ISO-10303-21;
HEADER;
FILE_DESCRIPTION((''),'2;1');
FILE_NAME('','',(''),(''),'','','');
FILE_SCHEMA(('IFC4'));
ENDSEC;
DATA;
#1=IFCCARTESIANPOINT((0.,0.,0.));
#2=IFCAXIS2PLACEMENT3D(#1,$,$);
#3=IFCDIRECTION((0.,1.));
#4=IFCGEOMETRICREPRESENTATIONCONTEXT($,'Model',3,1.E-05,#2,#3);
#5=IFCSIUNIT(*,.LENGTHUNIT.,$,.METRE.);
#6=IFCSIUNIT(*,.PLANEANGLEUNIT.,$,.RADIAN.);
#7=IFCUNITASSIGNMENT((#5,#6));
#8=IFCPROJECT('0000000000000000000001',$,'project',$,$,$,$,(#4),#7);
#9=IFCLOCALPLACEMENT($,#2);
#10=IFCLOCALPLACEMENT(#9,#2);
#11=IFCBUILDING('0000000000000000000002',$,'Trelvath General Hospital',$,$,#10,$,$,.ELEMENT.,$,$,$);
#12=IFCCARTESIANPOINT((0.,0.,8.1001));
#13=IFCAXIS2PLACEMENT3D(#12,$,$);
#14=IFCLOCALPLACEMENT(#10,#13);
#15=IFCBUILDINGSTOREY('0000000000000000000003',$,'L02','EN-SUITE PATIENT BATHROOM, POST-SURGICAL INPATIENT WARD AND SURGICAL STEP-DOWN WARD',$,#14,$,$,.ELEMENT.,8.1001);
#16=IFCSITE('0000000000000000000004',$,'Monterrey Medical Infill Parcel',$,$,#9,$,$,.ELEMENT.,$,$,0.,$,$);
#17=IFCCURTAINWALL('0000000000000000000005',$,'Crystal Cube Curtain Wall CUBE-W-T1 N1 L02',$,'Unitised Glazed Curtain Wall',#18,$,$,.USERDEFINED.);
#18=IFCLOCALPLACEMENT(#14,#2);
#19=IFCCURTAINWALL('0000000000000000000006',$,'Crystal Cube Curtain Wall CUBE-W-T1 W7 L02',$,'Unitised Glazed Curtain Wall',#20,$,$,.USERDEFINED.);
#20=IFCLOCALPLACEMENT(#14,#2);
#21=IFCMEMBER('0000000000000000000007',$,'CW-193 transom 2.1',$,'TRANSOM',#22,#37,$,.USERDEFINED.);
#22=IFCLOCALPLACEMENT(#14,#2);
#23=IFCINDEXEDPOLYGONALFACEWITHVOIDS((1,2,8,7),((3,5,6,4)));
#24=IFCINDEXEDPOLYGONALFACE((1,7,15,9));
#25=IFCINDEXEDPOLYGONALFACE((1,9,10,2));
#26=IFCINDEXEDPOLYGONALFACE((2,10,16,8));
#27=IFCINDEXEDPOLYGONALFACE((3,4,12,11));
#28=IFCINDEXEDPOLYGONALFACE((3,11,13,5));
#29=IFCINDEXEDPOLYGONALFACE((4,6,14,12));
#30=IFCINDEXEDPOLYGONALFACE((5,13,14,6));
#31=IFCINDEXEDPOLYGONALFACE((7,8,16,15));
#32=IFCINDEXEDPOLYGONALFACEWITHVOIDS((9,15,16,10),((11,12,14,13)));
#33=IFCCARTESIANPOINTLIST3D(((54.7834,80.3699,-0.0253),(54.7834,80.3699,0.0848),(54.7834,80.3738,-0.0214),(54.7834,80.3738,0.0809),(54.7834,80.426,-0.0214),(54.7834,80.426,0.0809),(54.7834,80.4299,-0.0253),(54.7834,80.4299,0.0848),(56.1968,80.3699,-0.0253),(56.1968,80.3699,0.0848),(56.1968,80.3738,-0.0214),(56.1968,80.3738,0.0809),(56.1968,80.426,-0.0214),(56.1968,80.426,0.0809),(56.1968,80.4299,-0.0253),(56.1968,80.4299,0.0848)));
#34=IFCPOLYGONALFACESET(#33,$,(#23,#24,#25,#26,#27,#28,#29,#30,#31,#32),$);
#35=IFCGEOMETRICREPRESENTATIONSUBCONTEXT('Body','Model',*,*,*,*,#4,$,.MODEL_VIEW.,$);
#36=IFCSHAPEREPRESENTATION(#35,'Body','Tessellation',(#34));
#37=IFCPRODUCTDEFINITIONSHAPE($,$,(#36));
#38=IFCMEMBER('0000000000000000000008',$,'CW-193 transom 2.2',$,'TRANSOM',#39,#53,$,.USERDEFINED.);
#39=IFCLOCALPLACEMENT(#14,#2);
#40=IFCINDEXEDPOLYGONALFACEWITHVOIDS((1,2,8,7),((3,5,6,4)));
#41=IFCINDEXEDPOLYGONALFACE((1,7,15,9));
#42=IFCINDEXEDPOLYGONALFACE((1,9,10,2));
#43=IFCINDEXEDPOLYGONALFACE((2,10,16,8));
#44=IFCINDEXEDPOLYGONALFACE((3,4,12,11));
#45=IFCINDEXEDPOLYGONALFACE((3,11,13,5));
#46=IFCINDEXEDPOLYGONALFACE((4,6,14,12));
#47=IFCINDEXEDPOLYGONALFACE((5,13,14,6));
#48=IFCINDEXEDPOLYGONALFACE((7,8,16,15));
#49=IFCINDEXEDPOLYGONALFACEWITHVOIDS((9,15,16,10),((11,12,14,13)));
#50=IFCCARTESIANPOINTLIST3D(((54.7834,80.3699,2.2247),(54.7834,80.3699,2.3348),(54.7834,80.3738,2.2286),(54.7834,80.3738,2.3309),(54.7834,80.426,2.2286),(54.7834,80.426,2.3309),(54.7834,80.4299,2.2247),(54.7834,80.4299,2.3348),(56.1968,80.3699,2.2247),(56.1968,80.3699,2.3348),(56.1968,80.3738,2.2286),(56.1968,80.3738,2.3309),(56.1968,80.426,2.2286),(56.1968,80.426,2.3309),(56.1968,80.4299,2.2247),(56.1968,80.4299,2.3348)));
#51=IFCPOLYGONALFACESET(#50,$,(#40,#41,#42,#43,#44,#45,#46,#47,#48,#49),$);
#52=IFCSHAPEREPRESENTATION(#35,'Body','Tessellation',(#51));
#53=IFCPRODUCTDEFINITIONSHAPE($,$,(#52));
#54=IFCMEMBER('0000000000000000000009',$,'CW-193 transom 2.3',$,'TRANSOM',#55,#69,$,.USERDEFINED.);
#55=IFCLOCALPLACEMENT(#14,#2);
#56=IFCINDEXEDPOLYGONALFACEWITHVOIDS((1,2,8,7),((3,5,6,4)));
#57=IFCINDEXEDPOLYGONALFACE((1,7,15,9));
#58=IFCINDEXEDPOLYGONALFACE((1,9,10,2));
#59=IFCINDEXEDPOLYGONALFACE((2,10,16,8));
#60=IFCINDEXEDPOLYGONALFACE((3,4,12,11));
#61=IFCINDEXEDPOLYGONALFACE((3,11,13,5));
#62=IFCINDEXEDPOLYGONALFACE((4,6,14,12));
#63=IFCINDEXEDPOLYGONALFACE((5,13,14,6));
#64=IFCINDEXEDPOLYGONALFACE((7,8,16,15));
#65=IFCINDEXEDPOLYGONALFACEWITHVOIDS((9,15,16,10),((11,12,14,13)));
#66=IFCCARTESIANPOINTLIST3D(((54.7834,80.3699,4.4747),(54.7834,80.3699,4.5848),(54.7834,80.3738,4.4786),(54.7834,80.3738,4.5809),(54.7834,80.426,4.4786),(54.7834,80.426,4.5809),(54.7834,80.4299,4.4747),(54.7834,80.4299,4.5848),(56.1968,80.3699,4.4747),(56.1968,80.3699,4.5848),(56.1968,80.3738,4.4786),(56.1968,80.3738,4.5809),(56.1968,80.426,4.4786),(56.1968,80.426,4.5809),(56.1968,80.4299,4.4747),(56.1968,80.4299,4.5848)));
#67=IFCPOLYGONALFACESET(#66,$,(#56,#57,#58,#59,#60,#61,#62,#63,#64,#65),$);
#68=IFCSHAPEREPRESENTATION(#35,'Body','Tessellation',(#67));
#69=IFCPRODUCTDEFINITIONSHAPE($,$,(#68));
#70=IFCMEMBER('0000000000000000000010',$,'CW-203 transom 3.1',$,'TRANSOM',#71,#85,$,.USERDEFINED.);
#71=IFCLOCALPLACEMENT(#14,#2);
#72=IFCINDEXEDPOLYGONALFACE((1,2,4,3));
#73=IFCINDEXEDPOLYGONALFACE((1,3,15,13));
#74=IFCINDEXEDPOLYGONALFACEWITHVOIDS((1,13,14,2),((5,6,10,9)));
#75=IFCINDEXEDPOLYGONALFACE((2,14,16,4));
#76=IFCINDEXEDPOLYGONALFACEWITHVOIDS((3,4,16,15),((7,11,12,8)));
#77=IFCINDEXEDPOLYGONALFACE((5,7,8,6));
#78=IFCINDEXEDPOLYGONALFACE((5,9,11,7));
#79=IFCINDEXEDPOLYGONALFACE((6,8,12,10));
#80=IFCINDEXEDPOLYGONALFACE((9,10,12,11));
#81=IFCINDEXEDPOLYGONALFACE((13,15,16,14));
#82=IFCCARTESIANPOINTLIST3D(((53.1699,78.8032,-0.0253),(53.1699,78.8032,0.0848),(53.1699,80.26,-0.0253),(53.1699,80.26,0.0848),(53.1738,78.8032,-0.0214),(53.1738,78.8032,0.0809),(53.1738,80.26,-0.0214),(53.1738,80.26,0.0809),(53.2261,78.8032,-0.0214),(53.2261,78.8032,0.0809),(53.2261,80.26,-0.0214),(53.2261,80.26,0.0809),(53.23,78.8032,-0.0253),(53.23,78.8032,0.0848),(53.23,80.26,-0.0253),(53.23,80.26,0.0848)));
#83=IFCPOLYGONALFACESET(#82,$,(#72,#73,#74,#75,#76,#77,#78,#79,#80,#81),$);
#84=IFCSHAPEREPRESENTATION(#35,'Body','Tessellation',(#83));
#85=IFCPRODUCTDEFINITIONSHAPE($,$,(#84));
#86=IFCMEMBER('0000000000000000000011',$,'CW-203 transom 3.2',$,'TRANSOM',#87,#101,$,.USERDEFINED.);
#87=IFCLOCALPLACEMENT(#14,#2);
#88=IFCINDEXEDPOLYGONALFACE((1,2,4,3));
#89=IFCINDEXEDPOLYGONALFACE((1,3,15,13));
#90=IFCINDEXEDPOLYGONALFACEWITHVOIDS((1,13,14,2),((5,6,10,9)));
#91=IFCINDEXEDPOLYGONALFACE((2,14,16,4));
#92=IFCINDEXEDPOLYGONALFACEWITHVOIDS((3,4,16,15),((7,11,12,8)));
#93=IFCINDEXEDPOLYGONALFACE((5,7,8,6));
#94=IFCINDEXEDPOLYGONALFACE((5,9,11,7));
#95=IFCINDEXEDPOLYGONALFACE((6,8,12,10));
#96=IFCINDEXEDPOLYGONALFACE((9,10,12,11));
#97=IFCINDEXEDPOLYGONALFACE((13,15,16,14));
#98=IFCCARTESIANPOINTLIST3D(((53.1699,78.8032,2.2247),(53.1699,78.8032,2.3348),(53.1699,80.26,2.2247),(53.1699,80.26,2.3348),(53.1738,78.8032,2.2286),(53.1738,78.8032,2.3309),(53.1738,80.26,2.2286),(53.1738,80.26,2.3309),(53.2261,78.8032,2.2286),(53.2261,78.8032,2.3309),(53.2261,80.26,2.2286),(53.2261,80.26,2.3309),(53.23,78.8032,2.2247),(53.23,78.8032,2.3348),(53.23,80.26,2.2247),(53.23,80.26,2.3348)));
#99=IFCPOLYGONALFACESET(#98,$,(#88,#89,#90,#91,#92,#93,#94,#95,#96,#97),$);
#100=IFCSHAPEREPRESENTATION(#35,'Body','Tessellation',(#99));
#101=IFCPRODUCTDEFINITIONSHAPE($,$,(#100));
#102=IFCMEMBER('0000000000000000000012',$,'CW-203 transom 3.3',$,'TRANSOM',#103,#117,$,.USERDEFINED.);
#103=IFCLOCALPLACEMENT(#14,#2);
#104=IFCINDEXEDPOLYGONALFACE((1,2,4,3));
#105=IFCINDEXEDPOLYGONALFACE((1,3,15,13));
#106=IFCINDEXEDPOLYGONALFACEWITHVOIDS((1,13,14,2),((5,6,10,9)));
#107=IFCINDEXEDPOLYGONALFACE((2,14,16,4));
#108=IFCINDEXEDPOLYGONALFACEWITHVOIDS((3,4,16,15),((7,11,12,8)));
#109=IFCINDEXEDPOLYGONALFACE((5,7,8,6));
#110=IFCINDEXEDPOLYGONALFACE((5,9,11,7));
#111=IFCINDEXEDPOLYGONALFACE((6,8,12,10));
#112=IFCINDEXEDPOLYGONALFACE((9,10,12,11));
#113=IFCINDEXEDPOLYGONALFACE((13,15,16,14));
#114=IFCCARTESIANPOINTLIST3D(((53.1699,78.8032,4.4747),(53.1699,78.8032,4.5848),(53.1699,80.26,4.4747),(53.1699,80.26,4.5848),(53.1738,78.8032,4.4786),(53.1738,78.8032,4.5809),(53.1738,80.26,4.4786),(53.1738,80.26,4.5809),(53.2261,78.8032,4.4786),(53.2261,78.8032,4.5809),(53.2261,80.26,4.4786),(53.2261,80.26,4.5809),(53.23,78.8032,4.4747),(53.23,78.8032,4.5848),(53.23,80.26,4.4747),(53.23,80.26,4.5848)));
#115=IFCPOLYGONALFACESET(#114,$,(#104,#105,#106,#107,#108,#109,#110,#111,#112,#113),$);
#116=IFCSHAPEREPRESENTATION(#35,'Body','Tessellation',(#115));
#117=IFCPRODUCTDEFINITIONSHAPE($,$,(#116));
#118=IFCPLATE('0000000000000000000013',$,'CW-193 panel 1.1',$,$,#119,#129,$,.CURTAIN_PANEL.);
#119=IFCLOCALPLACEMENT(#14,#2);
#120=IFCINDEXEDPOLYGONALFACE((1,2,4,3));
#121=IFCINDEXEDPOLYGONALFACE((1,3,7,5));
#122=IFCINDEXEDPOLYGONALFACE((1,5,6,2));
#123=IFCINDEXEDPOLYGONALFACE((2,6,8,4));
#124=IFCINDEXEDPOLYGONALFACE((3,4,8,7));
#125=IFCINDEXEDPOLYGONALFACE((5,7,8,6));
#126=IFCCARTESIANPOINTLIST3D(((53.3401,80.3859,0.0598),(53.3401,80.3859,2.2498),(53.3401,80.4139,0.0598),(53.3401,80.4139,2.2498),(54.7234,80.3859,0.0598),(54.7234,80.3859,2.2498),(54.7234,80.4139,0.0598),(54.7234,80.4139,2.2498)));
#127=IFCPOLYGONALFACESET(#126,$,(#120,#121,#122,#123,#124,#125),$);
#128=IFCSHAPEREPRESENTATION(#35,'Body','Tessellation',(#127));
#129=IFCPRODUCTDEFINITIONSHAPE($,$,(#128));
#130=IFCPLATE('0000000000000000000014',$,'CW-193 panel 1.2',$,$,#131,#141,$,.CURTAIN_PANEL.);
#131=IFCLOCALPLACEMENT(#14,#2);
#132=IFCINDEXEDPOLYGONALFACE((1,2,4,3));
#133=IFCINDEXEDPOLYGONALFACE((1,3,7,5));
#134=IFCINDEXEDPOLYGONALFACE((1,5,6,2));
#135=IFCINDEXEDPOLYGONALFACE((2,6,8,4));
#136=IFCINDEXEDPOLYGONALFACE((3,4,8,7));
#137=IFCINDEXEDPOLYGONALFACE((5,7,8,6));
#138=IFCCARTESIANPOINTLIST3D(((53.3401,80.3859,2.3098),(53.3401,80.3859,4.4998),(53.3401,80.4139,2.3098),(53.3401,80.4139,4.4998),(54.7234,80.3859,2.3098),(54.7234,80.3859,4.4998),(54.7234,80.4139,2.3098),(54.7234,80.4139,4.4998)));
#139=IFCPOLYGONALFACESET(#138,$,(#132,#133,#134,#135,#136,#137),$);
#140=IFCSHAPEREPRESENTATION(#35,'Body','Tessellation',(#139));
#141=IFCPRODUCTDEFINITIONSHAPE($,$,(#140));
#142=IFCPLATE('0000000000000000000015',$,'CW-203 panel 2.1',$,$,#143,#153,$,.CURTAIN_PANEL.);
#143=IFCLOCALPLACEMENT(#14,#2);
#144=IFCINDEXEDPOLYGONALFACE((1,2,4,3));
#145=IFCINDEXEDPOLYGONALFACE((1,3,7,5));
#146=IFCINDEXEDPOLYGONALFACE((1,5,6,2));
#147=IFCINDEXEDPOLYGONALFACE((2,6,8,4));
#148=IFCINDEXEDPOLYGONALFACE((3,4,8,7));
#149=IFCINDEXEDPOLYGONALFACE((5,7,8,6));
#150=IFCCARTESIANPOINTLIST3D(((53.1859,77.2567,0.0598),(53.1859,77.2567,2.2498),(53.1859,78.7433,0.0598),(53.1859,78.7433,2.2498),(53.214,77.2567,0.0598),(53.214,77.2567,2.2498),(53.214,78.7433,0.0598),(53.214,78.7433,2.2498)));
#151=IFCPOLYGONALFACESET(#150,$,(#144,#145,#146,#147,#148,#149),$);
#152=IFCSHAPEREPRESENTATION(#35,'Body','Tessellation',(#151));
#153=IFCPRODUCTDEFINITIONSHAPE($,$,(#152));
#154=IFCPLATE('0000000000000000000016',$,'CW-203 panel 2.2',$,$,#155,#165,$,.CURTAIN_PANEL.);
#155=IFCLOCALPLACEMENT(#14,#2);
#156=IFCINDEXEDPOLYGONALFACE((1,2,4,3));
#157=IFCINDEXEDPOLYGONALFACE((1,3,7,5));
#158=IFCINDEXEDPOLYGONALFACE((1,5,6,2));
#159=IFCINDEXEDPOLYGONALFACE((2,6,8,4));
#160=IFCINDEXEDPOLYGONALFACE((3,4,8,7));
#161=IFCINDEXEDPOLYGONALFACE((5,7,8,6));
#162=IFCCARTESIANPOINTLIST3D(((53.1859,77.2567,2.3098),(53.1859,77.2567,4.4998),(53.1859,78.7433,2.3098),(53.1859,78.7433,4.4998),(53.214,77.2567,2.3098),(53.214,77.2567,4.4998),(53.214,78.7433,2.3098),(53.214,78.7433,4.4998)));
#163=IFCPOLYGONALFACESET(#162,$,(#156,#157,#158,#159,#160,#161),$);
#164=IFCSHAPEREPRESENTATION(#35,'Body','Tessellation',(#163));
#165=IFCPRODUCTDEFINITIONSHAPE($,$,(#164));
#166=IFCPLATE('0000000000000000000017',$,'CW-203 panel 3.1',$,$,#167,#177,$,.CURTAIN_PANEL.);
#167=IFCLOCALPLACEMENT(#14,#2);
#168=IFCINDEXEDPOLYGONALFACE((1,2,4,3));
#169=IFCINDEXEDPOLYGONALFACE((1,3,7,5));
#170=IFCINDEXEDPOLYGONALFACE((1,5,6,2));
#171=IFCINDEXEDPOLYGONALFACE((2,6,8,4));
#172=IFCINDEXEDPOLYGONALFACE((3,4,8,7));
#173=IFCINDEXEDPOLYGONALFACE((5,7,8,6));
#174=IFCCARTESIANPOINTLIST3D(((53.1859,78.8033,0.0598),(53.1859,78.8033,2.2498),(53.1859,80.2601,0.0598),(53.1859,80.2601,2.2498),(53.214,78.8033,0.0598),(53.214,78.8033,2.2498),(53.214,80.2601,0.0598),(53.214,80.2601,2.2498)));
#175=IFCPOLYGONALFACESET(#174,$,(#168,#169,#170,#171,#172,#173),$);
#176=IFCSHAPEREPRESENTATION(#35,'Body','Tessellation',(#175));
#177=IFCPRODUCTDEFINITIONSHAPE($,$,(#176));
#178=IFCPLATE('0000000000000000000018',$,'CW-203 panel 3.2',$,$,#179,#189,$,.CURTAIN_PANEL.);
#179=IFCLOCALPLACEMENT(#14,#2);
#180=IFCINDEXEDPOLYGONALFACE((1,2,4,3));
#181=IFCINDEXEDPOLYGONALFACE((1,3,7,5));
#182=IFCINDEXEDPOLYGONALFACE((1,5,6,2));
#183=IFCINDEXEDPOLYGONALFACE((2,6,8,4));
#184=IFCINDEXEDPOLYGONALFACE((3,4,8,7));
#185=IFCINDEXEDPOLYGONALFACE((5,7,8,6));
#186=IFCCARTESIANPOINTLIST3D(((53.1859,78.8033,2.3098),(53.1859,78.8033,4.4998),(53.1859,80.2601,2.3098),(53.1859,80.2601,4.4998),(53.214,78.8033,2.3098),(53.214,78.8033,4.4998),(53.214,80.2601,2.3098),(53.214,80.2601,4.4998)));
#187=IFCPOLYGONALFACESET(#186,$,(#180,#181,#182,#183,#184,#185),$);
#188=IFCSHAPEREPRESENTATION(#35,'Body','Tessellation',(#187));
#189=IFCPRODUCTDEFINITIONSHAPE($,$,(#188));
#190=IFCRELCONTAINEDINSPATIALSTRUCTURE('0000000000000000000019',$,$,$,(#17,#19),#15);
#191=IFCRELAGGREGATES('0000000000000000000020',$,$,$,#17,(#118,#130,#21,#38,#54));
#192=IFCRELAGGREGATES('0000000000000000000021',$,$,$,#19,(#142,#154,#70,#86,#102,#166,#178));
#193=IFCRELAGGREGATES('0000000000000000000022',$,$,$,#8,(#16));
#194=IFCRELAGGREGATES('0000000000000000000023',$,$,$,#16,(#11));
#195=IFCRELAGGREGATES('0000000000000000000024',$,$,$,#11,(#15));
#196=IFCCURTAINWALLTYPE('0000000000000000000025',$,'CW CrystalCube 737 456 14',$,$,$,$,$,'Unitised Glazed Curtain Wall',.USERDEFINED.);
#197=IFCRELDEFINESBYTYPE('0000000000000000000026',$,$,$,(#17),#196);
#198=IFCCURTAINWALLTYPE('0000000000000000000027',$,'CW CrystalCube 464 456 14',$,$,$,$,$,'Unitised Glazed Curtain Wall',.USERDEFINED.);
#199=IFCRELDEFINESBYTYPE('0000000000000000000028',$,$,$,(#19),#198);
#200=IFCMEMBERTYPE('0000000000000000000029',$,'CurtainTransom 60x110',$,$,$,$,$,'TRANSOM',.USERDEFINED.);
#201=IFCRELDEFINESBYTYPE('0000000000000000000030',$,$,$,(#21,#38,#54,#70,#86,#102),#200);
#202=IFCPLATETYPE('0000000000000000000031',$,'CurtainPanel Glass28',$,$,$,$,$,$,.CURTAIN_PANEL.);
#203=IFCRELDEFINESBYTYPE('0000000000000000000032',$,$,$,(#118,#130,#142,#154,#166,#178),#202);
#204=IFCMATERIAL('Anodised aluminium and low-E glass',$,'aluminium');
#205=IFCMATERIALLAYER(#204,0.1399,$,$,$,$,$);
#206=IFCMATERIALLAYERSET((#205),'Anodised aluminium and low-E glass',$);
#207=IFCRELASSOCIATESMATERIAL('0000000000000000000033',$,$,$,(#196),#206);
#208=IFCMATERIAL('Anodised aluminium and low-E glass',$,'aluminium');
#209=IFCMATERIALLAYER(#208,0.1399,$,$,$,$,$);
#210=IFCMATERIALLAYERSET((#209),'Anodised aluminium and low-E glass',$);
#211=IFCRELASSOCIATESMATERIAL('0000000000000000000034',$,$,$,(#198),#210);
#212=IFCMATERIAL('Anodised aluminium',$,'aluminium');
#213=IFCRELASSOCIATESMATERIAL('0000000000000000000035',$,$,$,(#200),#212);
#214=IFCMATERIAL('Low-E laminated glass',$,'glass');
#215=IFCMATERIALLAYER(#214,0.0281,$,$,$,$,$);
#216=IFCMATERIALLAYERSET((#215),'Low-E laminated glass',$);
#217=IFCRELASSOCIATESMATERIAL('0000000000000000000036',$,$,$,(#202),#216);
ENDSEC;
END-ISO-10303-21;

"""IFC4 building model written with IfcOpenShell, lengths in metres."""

from ifc_helpers import new_model, si_unit, direction, frame, origin, origin_2d, place, context, subcontext, project, spatial, rectangle, hollow_rectangle, extrude, material, layer, layer_set, material_profile, profile_set, type_object, element, aggregate, save


model = new_model("IFC4")

# Units and contexts
model_context = context("Model", 3, precision=1e-05, world=origin(), true_north=direction((0.0, 1.0)))
body_context = subcontext(model_context, "Body", "Model", "MODEL_VIEW")
ifc_project = project(units=[si_unit("LENGTHUNIT", "METRE"), si_unit("PLANEANGLEUNIT", "RADIAN")], contexts=[model_context])

# Site, building, storey
site_placement = place(None, origin())
site = spatial("IfcSite", under=ifc_project, at=site_placement, Name="Monterrey Medical Infill Parcel", CompositionType="ELEMENT", RefElevation=0.0)
building_placement = place(site_placement, origin())
building = spatial("IfcBuilding", under=site, at=building_placement, Name="Trelvath General Hospital", CompositionType="ELEMENT")
storey_placement = place(building_placement, frame((0.0, 0.0, 8.1001)))
storey = spatial("IfcBuildingStorey", under=building, at=storey_placement, Name="L02", Description="EN-SUITE PATIENT BATHROOM, POST-SURGICAL INPATIENT WARD AND SURGICAL STEP-DOWN WARD", CompositionType="ELEMENT", Elevation=8.1001)

# Curtain walls
ifc_material_1 = material(Name="Anodised aluminium and low-E glass", Category="aluminium")
ifc_layer_1 = layer(ifc_material_1, 0.1399)
ifc_layer_set_1 = layer_set([ifc_layer_1], Name="Anodised aluminium and low-E glass")
curtain_wall_type_1 = type_object("IfcCurtainWallType", Name="CW CrystalCube 737 456 14", ElementType="Unitised Glazed Curtain Wall", PredefinedType="USERDEFINED", material=ifc_layer_set_1)
curtain_wall_1_placement = place(storey_placement, origin())
curtain_wall_1 = element("IfcCurtainWall", 1, at=curtain_wall_1_placement, inside=storey, type_object=curtain_wall_type_1, Name="Crystal Cube Curtain Wall CUBE-W-T1 N1 L02", ObjectType="Unitised Glazed Curtain Wall", PredefinedType="USERDEFINED")
ifc_material_2 = material(Name="Anodised aluminium and low-E glass", Category="aluminium")
ifc_layer_2 = layer(ifc_material_2, 0.1399)
ifc_layer_set_2 = layer_set([ifc_layer_2], Name="Anodised aluminium and low-E glass")
curtain_wall_type_2 = type_object("IfcCurtainWallType", Name="CW CrystalCube 464 456 14", ElementType="Unitised Glazed Curtain Wall", PredefinedType="USERDEFINED", material=ifc_layer_set_2)
curtain_wall_2_placement = place(storey_placement, origin())
curtain_wall_2 = element("IfcCurtainWall", 2, at=curtain_wall_2_placement, inside=storey, type_object=curtain_wall_type_2, Name="Crystal Cube Curtain Wall CUBE-W-T1 W7 L02", ObjectType="Unitised Glazed Curtain Wall", PredefinedType="USERDEFINED")

# Members
ifc_material_3 = material(Name="Anodised aluminium", Category="aluminium")
ifc_material_profile_1 = material_profile(ifc_material_3, hollow_rectangle(XDim=0.0601, YDim=0.1101, WallThickness=0.0039, at=origin_2d()), Name="RHS60x110x4")
ifc_profile_set_1 = profile_set([ifc_material_profile_1], Name="Anodised aluminium")
member_type_1 = type_object("IfcMemberType", Name="CurtainTransom 60x110", ElementType="TRANSOM", PredefinedType="USERDEFINED", material=ifc_profile_set_1)
member_1_placement = place(storey_placement, frame((54.7834, 80.3999, 0.0298), z_axis=(1.0, 0.0, 0.0), x_axis=(0.0, 1.0, 0.0)))
member_1 = element("IfcMember", 3, at=member_1_placement, type_object=member_type_1, Name="CW-193 transom 2.1", ObjectType="TRANSOM", PredefinedType="USERDEFINED", context=body_context, shape_type="SweptSolid", body=[
    extrude(hollow_rectangle(XDim=0.0601, YDim=0.1101, WallThickness=0.0039, at=origin_2d()), origin(), (0.0, 0.0, 1.0), 1.4133),
])
member_2_placement = place(storey_placement, frame((54.7834, 80.3999, 2.2798), z_axis=(1.0, 0.0, 0.0), x_axis=(0.0, 1.0, 0.0)))
member_2 = element("IfcMember", 4, at=member_2_placement, type_object=member_type_1, Name="CW-193 transom 2.2", ObjectType="TRANSOM", PredefinedType="USERDEFINED", context=body_context, shape_type="SweptSolid", body=[
    extrude(hollow_rectangle(XDim=0.0601, YDim=0.1101, WallThickness=0.0039, at=origin_2d()), origin(), (0.0, 0.0, 1.0), 1.4133),
])
member_3_placement = place(storey_placement, frame((54.7834, 80.3999, 4.5298), z_axis=(1.0, 0.0, 0.0), x_axis=(0.0, 1.0, 0.0)))
member_3 = element("IfcMember", 5, at=member_3_placement, type_object=member_type_1, Name="CW-193 transom 2.3", ObjectType="TRANSOM", PredefinedType="USERDEFINED", context=body_context, shape_type="SweptSolid", body=[
    extrude(hollow_rectangle(XDim=0.0601, YDim=0.1101, WallThickness=0.0039, at=origin_2d()), origin(), (0.0, 0.0, 1.0), 1.4133),
])
member_4_placement = place(storey_placement, frame((53.2, 78.8032, 0.0298), z_axis=(0.0, 1.0, 0.0), x_axis=(-1.0, 0.0, 0.0)))
member_4 = element("IfcMember", 6, at=member_4_placement, type_object=member_type_1, Name="CW-203 transom 3.1", ObjectType="TRANSOM", PredefinedType="USERDEFINED", context=body_context, shape_type="SweptSolid", body=[
    extrude(hollow_rectangle(XDim=0.0601, YDim=0.1101, WallThickness=0.0039, at=origin_2d()), origin(), (0.0, 0.0, 1.0), 1.4568),
])
member_5_placement = place(storey_placement, frame((53.2, 78.8032, 2.2798), z_axis=(0.0, 1.0, 0.0), x_axis=(-1.0, 0.0, 0.0)))
member_5 = element("IfcMember", 7, at=member_5_placement, type_object=member_type_1, Name="CW-203 transom 3.2", ObjectType="TRANSOM", PredefinedType="USERDEFINED", context=body_context, shape_type="SweptSolid", body=[
    extrude(hollow_rectangle(XDim=0.0601, YDim=0.1101, WallThickness=0.0039, at=origin_2d()), origin(), (0.0, 0.0, 1.0), 1.4568),
])
member_6_placement = place(storey_placement, frame((53.2, 78.8032, 4.5298), z_axis=(0.0, 1.0, 0.0), x_axis=(-1.0, 0.0, 0.0)))
member_6 = element("IfcMember", 8, at=member_6_placement, type_object=member_type_1, Name="CW-203 transom 3.3", ObjectType="TRANSOM", PredefinedType="USERDEFINED", context=body_context, shape_type="SweptSolid", body=[
    extrude(hollow_rectangle(XDim=0.0601, YDim=0.1101, WallThickness=0.0039, at=origin_2d()), origin(), (0.0, 0.0, 1.0), 1.4568),
])

# Plates
ifc_material_4 = material(Name="Low-E laminated glass", Category="glass")
ifc_layer_3 = layer(ifc_material_4, 0.0281)
ifc_layer_set_3 = layer_set([ifc_layer_3], Name="Low-E laminated glass")
plate_type = type_object("IfcPlateType", Name="CurtainPanel Glass28", PredefinedType="CURTAIN_PANEL", material=ifc_layer_set_3)
plate_1_placement = place(storey_placement, frame((54.0317, 80.3999, 0.0598), z_axis=(0.0, 0.0, 1.0), x_axis=(1.0, 0.0, 0.0)))
plate_1 = element("IfcPlate", 9, at=plate_1_placement, type_object=plate_type, Name="CW-193 panel 1.1", PredefinedType="CURTAIN_PANEL", context=body_context, shape_type="SweptSolid", body=[
    extrude(rectangle(XDim=1.3833, YDim=0.0281, at=origin_2d()), origin(), (0.0, 0.0, 1.0), 2.1899),
])
plate_2_placement = place(storey_placement, frame((54.0317, 80.3999, 2.3098), z_axis=(0.0, 0.0, 1.0), x_axis=(1.0, 0.0, 0.0)))
plate_2 = element("IfcPlate", 10, at=plate_2_placement, type_object=plate_type, Name="CW-193 panel 1.2", PredefinedType="CURTAIN_PANEL", context=body_context, shape_type="SweptSolid", body=[
    extrude(rectangle(XDim=1.3833, YDim=0.0281, at=origin_2d()), origin(), (0.0, 0.0, 1.0), 2.1899),
])
aggregate(curtain_wall_1, [plate_1, plate_2, member_1, member_2, member_3])
plate_3_placement = place(storey_placement, frame((53.2, 78.0, 0.0598), z_axis=(0.0, 0.0, 1.0), x_axis=(0.0, 1.0, 0.0)))
plate_3 = element("IfcPlate", 11, at=plate_3_placement, type_object=plate_type, Name="CW-203 panel 2.1", PredefinedType="CURTAIN_PANEL", context=body_context, shape_type="SweptSolid", body=[
    extrude(rectangle(XDim=1.4866, YDim=0.0281, at=origin_2d()), origin(), (0.0, 0.0, 1.0), 2.1899),
])
plate_4_placement = place(storey_placement, frame((53.2, 78.0, 2.3098), z_axis=(0.0, 0.0, 1.0), x_axis=(0.0, 1.0, 0.0)))
plate_4 = element("IfcPlate", 12, at=plate_4_placement, type_object=plate_type, Name="CW-203 panel 2.2", PredefinedType="CURTAIN_PANEL", context=body_context, shape_type="SweptSolid", body=[
    extrude(rectangle(XDim=1.4866, YDim=0.0281, at=origin_2d()), origin(), (0.0, 0.0, 1.0), 2.1899),
])
plate_5_placement = place(storey_placement, frame((53.2, 79.5317, 0.0598), z_axis=(0.0, 0.0, 1.0), x_axis=(0.0, 1.0, 0.0)))
plate_5 = element("IfcPlate", 13, at=plate_5_placement, type_object=plate_type, Name="CW-203 panel 3.1", PredefinedType="CURTAIN_PANEL", context=body_context, shape_type="SweptSolid", body=[
    extrude(rectangle(XDim=1.4568, YDim=0.0281, at=origin_2d()), origin(), (0.0, 0.0, 1.0), 2.1899),
])
plate_6_placement = place(storey_placement, frame((53.2, 79.5317, 2.3098), z_axis=(0.0, 0.0, 1.0), x_axis=(0.0, 1.0, 0.0)))
plate_6 = element("IfcPlate", 14, at=plate_6_placement, type_object=plate_type, Name="CW-203 panel 3.2", PredefinedType="CURTAIN_PANEL", context=body_context, shape_type="SweptSolid", body=[
    extrude(rectangle(XDim=1.4568, YDim=0.0281, at=origin_2d()), origin(), (0.0, 0.0, 1.0), 2.1899),
])
aggregate(curtain_wall_2, [plate_3, plate_4, member_4, member_5, member_6, plate_5, plate_6])

save(model, "model.ifc")
